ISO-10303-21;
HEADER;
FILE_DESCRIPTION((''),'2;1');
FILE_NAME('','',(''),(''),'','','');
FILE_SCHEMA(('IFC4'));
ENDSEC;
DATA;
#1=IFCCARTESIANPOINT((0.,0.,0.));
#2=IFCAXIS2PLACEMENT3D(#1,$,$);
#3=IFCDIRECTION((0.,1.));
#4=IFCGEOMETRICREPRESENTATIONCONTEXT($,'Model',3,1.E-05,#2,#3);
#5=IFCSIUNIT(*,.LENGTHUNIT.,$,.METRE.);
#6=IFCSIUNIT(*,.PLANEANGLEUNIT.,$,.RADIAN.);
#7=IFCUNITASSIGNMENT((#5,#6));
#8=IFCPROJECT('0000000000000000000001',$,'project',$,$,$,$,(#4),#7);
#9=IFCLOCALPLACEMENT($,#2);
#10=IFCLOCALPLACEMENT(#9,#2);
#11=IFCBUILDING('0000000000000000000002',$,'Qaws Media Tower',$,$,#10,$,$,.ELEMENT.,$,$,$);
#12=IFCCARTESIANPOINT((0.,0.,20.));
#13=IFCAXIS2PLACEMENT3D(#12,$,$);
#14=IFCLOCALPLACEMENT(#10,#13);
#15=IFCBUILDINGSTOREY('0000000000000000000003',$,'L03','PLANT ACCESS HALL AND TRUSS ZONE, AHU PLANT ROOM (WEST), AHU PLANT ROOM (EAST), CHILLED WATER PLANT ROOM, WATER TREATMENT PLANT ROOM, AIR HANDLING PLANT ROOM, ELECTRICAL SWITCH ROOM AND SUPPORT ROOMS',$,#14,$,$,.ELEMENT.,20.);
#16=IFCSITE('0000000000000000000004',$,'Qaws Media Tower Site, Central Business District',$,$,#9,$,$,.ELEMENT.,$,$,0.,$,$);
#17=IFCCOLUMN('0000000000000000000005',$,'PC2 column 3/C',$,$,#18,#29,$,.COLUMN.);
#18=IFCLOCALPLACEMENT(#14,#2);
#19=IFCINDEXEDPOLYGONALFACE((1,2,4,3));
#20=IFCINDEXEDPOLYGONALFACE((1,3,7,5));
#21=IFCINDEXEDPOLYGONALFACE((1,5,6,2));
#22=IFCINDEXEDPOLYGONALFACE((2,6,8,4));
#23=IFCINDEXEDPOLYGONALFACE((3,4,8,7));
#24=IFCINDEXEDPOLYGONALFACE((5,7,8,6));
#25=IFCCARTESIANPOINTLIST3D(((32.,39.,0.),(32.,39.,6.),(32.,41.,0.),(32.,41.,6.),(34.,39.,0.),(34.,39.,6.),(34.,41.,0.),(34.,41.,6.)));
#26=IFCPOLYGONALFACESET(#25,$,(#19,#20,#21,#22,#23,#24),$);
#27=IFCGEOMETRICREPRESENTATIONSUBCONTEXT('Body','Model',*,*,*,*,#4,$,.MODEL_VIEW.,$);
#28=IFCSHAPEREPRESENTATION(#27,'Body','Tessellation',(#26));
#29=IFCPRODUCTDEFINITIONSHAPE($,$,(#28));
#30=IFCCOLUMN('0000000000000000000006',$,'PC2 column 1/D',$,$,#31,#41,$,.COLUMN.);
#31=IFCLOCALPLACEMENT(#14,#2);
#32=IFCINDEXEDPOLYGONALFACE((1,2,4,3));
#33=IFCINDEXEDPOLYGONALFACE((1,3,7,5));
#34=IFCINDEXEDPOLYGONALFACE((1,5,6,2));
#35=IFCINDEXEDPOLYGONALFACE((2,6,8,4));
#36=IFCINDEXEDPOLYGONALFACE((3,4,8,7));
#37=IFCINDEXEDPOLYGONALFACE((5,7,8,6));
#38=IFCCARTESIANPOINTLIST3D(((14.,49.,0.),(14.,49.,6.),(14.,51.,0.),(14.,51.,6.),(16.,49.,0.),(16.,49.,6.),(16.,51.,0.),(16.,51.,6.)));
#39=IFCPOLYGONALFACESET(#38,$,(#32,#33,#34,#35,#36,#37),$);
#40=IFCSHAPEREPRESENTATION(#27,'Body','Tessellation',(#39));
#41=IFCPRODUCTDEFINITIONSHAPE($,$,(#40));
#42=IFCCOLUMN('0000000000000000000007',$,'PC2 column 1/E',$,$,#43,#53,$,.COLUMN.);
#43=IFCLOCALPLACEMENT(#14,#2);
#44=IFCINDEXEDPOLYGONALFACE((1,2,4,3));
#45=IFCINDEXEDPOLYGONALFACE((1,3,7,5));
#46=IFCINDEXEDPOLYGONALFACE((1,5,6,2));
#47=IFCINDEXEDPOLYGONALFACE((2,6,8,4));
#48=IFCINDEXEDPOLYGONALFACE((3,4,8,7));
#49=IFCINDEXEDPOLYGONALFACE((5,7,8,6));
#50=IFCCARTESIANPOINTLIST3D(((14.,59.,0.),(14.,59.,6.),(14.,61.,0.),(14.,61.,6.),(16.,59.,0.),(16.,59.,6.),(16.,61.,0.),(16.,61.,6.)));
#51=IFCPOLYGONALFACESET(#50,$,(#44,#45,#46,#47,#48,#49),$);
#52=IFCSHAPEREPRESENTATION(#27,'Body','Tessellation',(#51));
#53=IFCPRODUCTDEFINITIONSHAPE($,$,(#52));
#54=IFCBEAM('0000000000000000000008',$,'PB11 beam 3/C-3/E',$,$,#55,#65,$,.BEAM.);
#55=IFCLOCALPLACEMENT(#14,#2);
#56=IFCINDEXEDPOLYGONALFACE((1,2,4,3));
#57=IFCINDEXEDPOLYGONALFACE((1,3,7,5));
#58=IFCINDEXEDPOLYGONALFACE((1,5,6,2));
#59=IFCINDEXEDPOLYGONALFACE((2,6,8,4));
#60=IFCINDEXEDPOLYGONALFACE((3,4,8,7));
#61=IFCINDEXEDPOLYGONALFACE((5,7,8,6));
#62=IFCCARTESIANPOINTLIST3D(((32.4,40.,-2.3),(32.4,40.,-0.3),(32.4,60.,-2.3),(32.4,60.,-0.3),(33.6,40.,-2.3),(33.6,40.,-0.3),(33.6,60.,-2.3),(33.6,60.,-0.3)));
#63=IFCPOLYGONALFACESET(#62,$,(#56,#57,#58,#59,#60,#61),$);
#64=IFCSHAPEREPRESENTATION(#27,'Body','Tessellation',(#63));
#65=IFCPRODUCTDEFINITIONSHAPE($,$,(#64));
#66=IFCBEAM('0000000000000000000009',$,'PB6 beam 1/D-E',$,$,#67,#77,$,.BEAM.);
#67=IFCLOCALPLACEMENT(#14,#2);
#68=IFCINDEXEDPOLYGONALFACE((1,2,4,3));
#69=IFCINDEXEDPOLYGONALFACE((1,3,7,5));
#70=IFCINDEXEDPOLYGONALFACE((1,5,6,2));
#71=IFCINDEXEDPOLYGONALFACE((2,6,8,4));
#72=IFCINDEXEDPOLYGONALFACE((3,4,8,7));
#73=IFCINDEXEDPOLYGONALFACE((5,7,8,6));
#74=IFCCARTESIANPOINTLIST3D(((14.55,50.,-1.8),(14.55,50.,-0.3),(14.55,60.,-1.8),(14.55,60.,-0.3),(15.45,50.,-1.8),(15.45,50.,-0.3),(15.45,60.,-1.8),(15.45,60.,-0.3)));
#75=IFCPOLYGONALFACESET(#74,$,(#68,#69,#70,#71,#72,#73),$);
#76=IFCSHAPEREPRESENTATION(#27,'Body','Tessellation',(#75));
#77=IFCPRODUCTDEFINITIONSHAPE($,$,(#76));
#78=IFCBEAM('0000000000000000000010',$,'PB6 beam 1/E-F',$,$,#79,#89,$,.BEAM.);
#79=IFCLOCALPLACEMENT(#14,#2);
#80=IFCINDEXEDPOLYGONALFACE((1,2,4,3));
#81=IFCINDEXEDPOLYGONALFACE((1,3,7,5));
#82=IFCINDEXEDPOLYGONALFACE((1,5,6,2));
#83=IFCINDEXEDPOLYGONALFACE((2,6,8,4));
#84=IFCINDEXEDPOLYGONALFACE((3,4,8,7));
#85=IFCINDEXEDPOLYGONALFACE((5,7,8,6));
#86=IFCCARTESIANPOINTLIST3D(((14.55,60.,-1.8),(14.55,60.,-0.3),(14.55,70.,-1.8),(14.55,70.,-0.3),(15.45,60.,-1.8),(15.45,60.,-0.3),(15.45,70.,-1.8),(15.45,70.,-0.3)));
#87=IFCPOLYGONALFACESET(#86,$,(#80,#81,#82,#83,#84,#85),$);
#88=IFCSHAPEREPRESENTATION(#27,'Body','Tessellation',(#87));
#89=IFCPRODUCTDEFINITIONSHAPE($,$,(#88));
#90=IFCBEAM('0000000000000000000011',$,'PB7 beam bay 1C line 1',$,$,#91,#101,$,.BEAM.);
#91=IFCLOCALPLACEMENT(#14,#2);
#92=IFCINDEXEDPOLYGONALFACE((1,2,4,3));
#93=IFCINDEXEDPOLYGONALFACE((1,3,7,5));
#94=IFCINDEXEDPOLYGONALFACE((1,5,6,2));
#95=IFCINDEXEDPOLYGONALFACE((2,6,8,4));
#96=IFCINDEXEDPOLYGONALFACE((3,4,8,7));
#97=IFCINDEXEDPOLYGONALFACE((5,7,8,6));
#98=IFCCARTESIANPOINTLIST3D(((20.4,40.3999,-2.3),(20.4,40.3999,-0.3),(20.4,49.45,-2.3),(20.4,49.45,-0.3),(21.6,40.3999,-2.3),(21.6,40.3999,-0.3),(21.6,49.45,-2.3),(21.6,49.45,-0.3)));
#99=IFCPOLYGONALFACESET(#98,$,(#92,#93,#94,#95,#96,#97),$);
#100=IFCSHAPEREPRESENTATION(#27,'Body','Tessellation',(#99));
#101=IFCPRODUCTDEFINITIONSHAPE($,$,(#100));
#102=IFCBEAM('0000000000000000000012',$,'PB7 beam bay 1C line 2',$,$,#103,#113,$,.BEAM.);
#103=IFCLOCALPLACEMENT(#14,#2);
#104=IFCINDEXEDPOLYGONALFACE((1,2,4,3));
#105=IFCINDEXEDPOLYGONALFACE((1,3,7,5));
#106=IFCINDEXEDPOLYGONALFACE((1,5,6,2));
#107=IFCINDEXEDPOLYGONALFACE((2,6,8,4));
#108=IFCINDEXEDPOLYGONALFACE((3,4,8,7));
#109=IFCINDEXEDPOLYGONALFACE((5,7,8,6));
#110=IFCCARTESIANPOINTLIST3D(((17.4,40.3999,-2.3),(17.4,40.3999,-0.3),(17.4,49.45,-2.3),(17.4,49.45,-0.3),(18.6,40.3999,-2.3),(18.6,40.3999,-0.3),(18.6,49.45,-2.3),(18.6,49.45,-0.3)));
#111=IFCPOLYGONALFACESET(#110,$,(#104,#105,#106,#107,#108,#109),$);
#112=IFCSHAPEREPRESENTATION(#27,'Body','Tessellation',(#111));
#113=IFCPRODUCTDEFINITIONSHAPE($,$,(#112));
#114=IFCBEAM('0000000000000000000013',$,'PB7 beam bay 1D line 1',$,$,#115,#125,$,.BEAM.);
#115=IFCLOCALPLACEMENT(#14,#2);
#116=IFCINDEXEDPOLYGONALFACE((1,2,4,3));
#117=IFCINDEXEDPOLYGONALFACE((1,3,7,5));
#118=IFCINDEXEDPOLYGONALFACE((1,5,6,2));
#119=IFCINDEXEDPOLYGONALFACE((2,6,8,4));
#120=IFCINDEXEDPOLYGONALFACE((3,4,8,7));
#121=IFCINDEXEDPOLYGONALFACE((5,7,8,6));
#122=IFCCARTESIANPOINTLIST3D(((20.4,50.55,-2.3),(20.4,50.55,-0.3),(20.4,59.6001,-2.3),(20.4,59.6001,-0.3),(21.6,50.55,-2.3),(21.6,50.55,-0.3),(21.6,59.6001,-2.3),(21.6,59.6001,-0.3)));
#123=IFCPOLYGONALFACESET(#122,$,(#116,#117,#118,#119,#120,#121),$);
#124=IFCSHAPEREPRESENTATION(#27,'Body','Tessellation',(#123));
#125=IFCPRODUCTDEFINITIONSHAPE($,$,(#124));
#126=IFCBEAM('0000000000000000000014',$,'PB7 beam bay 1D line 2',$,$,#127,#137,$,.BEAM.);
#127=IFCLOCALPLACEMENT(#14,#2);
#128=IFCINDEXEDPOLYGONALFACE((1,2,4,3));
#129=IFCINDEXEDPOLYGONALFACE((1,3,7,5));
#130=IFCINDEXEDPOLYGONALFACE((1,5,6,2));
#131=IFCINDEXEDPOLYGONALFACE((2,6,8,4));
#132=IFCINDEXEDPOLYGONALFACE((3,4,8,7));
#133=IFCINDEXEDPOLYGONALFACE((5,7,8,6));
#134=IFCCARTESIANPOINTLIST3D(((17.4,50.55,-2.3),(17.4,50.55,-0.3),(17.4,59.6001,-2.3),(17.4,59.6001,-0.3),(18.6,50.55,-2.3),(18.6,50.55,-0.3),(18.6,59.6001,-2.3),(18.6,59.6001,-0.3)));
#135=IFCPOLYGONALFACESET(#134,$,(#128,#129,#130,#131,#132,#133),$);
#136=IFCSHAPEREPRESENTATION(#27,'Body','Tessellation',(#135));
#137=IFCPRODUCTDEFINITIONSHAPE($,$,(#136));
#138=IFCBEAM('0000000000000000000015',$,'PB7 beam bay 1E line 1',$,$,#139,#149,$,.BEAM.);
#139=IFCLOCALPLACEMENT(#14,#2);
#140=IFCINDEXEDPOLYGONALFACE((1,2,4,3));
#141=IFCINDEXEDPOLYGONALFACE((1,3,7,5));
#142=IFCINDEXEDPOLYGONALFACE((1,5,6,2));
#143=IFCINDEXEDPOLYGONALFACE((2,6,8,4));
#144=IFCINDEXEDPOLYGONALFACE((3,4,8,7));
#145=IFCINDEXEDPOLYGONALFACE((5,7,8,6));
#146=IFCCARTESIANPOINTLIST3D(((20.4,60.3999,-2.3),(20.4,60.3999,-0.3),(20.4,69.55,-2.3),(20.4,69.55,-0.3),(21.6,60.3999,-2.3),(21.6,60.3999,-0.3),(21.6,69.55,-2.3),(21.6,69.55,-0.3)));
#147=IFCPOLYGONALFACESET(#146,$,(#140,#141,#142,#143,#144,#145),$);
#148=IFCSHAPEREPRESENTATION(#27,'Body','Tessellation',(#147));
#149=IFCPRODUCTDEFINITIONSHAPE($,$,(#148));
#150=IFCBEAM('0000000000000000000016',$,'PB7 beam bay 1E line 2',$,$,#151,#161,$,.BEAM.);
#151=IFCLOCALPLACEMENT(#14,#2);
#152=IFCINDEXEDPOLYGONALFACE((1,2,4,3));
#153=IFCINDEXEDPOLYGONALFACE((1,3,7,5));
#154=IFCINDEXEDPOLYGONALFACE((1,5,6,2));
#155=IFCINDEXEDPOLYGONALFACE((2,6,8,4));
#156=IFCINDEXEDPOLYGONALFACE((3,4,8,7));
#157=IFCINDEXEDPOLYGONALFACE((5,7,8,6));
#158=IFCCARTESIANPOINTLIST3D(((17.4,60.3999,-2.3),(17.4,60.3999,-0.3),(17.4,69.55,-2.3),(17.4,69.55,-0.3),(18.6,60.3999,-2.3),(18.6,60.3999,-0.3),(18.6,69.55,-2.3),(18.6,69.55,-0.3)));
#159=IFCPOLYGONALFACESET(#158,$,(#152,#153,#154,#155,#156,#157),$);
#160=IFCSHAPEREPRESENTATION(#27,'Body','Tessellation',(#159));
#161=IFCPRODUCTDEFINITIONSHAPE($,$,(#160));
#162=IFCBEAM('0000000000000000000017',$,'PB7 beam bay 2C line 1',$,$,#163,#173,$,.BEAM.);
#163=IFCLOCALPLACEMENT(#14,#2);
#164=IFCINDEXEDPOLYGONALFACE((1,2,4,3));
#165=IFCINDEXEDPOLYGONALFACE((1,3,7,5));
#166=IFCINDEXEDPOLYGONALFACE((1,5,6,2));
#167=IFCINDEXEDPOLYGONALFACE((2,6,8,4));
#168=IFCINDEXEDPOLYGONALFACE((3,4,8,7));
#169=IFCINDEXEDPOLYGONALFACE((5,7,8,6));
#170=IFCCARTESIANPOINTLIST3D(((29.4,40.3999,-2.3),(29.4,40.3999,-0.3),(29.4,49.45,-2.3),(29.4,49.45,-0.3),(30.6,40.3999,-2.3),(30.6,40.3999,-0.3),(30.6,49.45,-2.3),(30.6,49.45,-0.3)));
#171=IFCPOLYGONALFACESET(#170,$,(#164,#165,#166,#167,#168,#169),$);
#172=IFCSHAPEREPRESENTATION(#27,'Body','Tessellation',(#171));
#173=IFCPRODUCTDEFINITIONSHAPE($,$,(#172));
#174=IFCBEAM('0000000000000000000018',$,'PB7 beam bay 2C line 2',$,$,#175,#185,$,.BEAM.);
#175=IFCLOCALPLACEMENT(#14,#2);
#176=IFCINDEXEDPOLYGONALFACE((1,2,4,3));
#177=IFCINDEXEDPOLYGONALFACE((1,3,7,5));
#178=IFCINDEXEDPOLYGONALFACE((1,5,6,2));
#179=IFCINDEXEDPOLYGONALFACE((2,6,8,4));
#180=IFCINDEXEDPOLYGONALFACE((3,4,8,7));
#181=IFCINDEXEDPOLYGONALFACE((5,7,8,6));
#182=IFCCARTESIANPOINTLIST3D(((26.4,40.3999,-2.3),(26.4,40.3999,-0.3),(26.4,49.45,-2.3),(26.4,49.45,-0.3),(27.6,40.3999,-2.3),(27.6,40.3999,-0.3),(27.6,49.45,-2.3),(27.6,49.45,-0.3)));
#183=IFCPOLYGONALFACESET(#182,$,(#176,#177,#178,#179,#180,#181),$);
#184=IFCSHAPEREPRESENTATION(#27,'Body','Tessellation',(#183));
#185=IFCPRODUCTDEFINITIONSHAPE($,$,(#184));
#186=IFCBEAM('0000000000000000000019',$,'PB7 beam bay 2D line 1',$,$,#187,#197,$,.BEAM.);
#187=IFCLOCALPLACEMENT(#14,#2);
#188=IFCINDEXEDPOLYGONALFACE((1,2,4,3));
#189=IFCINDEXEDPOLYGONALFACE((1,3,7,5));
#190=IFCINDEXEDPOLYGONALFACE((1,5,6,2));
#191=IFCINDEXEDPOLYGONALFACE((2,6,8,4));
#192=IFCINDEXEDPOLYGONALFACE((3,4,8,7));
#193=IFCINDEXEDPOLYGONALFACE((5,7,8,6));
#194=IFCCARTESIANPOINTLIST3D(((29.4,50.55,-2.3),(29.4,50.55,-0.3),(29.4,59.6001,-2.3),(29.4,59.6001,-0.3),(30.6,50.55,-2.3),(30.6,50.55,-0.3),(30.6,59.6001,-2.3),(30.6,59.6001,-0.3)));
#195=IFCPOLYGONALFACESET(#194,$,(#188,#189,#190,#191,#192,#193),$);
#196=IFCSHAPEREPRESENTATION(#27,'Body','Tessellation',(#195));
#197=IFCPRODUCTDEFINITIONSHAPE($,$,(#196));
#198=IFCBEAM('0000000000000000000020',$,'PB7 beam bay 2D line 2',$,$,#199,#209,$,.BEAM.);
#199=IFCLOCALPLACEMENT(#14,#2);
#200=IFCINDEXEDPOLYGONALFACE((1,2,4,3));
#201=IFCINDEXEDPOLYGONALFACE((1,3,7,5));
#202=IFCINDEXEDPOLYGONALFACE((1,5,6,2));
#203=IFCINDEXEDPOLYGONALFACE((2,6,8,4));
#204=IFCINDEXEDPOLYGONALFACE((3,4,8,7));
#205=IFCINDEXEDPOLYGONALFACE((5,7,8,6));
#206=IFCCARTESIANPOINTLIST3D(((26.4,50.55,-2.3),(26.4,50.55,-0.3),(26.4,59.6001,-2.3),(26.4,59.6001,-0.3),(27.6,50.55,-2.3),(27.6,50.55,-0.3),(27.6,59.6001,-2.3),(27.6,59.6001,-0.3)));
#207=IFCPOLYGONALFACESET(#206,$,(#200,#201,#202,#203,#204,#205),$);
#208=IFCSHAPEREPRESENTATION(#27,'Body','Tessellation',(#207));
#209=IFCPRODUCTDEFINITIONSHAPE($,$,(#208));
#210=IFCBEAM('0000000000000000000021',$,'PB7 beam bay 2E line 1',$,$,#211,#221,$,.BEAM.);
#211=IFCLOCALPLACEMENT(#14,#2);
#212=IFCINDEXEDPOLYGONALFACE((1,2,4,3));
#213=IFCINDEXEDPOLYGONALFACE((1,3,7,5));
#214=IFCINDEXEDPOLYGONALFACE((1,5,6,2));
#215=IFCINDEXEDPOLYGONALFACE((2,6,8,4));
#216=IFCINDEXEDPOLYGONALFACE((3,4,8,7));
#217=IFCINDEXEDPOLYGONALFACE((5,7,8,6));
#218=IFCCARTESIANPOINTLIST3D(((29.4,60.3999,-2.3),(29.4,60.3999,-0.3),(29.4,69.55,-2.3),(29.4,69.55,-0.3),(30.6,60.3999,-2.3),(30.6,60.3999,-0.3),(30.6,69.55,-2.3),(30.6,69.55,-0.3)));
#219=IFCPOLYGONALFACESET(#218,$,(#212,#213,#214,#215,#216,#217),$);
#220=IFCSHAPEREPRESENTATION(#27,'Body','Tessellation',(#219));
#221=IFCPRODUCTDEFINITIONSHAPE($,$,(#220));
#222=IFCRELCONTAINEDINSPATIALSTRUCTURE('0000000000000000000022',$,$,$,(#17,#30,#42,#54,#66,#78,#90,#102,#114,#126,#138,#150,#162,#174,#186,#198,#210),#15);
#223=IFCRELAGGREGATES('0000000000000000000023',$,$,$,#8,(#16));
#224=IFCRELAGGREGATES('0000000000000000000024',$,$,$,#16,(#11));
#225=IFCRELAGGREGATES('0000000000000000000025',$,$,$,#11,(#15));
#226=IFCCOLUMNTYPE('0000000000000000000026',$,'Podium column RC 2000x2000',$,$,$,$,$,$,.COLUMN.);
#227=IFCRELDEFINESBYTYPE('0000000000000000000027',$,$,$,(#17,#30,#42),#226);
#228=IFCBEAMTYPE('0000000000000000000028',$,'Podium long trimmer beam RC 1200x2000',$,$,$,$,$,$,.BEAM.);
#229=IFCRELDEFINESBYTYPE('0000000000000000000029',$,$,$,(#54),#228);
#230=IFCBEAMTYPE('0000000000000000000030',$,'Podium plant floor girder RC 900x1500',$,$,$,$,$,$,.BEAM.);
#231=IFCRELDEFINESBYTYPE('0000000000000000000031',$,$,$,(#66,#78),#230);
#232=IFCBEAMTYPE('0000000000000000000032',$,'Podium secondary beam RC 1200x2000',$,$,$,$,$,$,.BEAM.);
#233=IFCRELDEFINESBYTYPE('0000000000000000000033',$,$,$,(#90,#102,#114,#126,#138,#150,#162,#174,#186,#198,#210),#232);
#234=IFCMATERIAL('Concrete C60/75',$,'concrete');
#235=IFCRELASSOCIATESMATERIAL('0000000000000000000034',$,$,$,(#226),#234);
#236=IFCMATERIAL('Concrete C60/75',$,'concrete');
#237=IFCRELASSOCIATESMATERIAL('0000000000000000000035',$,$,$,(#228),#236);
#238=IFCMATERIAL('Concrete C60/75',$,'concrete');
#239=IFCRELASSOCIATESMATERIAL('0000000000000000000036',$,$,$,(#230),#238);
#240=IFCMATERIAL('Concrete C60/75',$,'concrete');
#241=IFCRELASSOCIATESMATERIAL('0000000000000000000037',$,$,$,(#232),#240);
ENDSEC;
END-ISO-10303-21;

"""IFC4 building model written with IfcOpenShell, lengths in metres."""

from ifc_helpers import new_model, si_unit, direction, frame, origin, origin_2d, place, context, subcontext, project, spatial, rectangle, extrude, material, material_profile, profile_set, type_object, element, save


model = new_model("IFC4")

# Units and contexts
model_context = context("Model", 3, precision=1e-05, world=origin(), true_north=direction((0.0, 1.0)))
body_context = subcontext(model_context, "Body", "Model", "MODEL_VIEW")
ifc_project = project(units=[si_unit("LENGTHUNIT", "METRE"), si_unit("PLANEANGLEUNIT", "RADIAN")], contexts=[model_context])

# Site, building, storey
site_placement = place(None, origin())
site = spatial("IfcSite", under=ifc_project, at=site_placement, Name="Qaws Media Tower Site, Central Business District", CompositionType="ELEMENT", RefElevation=0.0)
building_placement = place(site_placement, origin())
building = spatial("IfcBuilding", under=site, at=building_placement, Name="Qaws Media Tower", CompositionType="ELEMENT")
storey_placement = place(building_placement, frame((0.0, 0.0, 20.0)))
storey = spatial("IfcBuildingStorey", under=building, at=storey_placement, Name="L03", Description="PLANT ACCESS HALL AND TRUSS ZONE, AHU PLANT ROOM (WEST), AHU PLANT ROOM (EAST), CHILLED WATER PLANT ROOM, WATER TREATMENT PLANT ROOM, AIR HANDLING PLANT ROOM, ELECTRICAL SWITCH ROOM AND SUPPORT ROOMS", CompositionType="ELEMENT", Elevation=20.0)

# Columns
ifc_material_1 = material(Name="Concrete C60/75", Category="concrete")
ifc_material_profile_1 = material_profile(ifc_material_1, rectangle(XDim=2.0, YDim=2.0, at=origin_2d()), Name="RC 2000x2000")
ifc_profile_set_1 = profile_set([ifc_material_profile_1], Name="Concrete C60/75")
column_type = type_object("IfcColumnType", Name="Podium column RC 2000x2000", PredefinedType="COLUMN", material=ifc_profile_set_1)
for number, where, z_axis, x_axis, name in (
    (1, (33.0, 40.0, 0.0), (0.0, 0.0, 1.0), (1.0, 0.0, 0.0), "PC2 column 3/C"),
    (2, (15.0, 50.0, 0.0), (0.0, 0.0, 1.0), (1.0, 0.0, 0.0), "PC2 column 1/D"),
    (3, (15.0, 60.0, 0.0), (0.0, 0.0, 1.0), (1.0, 0.0, 0.0), "PC2 column 1/E"),
):
    element("IfcColumn", number, at=place(storey_placement, frame(where, z_axis=z_axis, x_axis=x_axis)), inside=storey, type_object=column_type, Name=name, PredefinedType="COLUMN", context=body_context, shape_type="SweptSolid", body=[
        extrude(rectangle(XDim=2.0, YDim=2.0, at=origin_2d()), origin(), (0.0, 0.0, 1.0), 6.0),
    ])

# Beams
ifc_material_2 = material(Name="Concrete C60/75", Category="concrete")
ifc_material_profile_2 = material_profile(ifc_material_2, rectangle(XDim=1.2, YDim=2.0, at=origin_2d()), Name="RC 1200x2000")
ifc_profile_set_2 = profile_set([ifc_material_profile_2], Name="Concrete C60/75")
beam_type_1 = type_object("IfcBeamType", Name="Podium long trimmer beam RC 1200x2000", PredefinedType="BEAM", material=ifc_profile_set_2)
beam_1_placement = place(storey_placement, frame((33.0, 40.0, -1.3), z_axis=(0.0, 1.0, 0.0), x_axis=(-1.0, 0.0, 0.0)))
element("IfcBeam", 4, at=beam_1_placement, inside=storey, type_object=beam_type_1, Name="PB11 beam 3/C-3/E", PredefinedType="BEAM", context=body_context, shape_type="SweptSolid", body=[
    extrude(rectangle(XDim=1.2, YDim=2.0, at=origin_2d()), origin(), (0.0, 0.0, 1.0), 20.0),
])
ifc_material_3 = material(Name="Concrete C60/75", Category="concrete")
ifc_material_profile_3 = material_profile(ifc_material_3, rectangle(XDim=0.8999, YDim=1.5, at=origin_2d()), Name="RC 900x1500")
ifc_profile_set_3 = profile_set([ifc_material_profile_3], Name="Concrete C60/75")
beam_type_2 = type_object("IfcBeamType", Name="Podium plant floor girder RC 900x1500", PredefinedType="BEAM", material=ifc_profile_set_3)
for number, where, z_axis, x_axis, name in (
    (5, (15.0, 50.0, -1.05), (0.0, 1.0, 0.0), (-1.0, 0.0, 0.0), "PB6 beam 1/D-E"),
    (6, (15.0, 60.0, -1.05), (0.0, 1.0, 0.0), (-1.0, 0.0, 0.0), "PB6 beam 1/E-F"),
):
    element("IfcBeam", number, at=place(storey_placement, frame(where, z_axis=z_axis, x_axis=x_axis)), inside=storey, type_object=beam_type_2, Name=name, PredefinedType="BEAM", context=body_context, shape_type="SweptSolid", body=[
        extrude(rectangle(XDim=0.8999, YDim=1.5, at=origin_2d()), origin(), (0.0, 0.0, 1.0), 10.0),
    ])
ifc_material_4 = material(Name="Concrete C60/75", Category="concrete")
ifc_material_profile_4 = material_profile(ifc_material_4, rectangle(XDim=1.2, YDim=2.0, at=origin_2d()), Name="RC 1200x2000")
ifc_profile_set_4 = profile_set([ifc_material_profile_4], Name="Concrete C60/75")
beam_type_3 = type_object("IfcBeamType", Name="Podium secondary beam RC 1200x2000", PredefinedType="BEAM", material=ifc_profile_set_4)
for number, where, z_axis, x_axis, name in (
    (7, (21.0, 40.3999, -1.3), (0.0, 1.0, 0.0), (-1.0, 0.0, 0.0), "PB7 beam bay 1C line 1"),
    (8, (18.0, 40.3999, -1.3), (0.0, 1.0, 0.0), (-1.0, 0.0, 0.0), "PB7 beam bay 1C line 2"),
    (9, (21.0, 50.55, -1.3), (0.0, 1.0, 0.0), (-1.0, 0.0, 0.0), "PB7 beam bay 1D line 1"),
    (10, (18.0, 50.55, -1.3), (0.0, 1.0, 0.0), (-1.0, 0.0, 0.0), "PB7 beam bay 1D line 2"),
):
    element("IfcBeam", number, at=place(storey_placement, frame(where, z_axis=z_axis, x_axis=x_axis)), inside=storey, type_object=beam_type_3, Name=name, PredefinedType="BEAM", context=body_context, shape_type="SweptSolid", body=[
        extrude(rectangle(XDim=1.2, YDim=2.0, at=origin_2d()), origin(), (0.0, 0.0, 1.0), 9.05),
    ])
for number, where, z_axis, x_axis, name in (
    (11, (21.0, 60.3999, -1.3), (0.0, 1.0, 0.0), (-1.0, 0.0, 0.0), "PB7 beam bay 1E line 1"),
    (12, (18.0, 60.3999, -1.3), (0.0, 1.0, 0.0), (-1.0, 0.0, 0.0), "PB7 beam bay 1E line 2"),
):
    element("IfcBeam", number, at=place(storey_placement, frame(where, z_axis=z_axis, x_axis=x_axis)), inside=storey, type_object=beam_type_3, Name=name, PredefinedType="BEAM", context=body_context, shape_type="SweptSolid", body=[
        extrude(rectangle(XDim=1.2, YDim=2.0, at=origin_2d()), origin(), (0.0, 0.0, 1.0), 9.1501),
    ])
for number, where, z_axis, x_axis, name in (
    (13, (30.0, 40.3999, -1.3), (0.0, 1.0, 0.0), (-1.0, 0.0, 0.0), "PB7 beam bay 2C line 1"),
    (14, (27.0, 40.3999, -1.3), (0.0, 1.0, 0.0), (-1.0, 0.0, 0.0), "PB7 beam bay 2C line 2"),
    (15, (30.0, 50.55, -1.3), (0.0, 1.0, 0.0), (-1.0, 0.0, 0.0), "PB7 beam bay 2D line 1"),
    (16, (27.0, 50.55, -1.3), (0.0, 1.0, 0.0), (-1.0, 0.0, 0.0), "PB7 beam bay 2D line 2"),
):
    element("IfcBeam", number, at=place(storey_placement, frame(where, z_axis=z_axis, x_axis=x_axis)), inside=storey, type_object=beam_type_3, Name=name, PredefinedType="BEAM", context=body_context, shape_type="SweptSolid", body=[
        extrude(rectangle(XDim=1.2, YDim=2.0, at=origin_2d()), origin(), (0.0, 0.0, 1.0), 9.05),
    ])
for number, where, z_axis, x_axis, name in (
    (17, (30.0, 60.3999, -1.3), (0.0, 1.0, 0.0), (-1.0, 0.0, 0.0), "PB7 beam bay 2E line 1"),
):
    element("IfcBeam", number, at=place(storey_placement, frame(where, z_axis=z_axis, x_axis=x_axis)), inside=storey, type_object=beam_type_3, Name=name, PredefinedType="BEAM", context=body_context, shape_type="SweptSolid", body=[
        extrude(rectangle(XDim=1.2, YDim=2.0, at=origin_2d()), origin(), (0.0, 0.0, 1.0), 9.1501),
    ])

save(model, "model.ifc")
